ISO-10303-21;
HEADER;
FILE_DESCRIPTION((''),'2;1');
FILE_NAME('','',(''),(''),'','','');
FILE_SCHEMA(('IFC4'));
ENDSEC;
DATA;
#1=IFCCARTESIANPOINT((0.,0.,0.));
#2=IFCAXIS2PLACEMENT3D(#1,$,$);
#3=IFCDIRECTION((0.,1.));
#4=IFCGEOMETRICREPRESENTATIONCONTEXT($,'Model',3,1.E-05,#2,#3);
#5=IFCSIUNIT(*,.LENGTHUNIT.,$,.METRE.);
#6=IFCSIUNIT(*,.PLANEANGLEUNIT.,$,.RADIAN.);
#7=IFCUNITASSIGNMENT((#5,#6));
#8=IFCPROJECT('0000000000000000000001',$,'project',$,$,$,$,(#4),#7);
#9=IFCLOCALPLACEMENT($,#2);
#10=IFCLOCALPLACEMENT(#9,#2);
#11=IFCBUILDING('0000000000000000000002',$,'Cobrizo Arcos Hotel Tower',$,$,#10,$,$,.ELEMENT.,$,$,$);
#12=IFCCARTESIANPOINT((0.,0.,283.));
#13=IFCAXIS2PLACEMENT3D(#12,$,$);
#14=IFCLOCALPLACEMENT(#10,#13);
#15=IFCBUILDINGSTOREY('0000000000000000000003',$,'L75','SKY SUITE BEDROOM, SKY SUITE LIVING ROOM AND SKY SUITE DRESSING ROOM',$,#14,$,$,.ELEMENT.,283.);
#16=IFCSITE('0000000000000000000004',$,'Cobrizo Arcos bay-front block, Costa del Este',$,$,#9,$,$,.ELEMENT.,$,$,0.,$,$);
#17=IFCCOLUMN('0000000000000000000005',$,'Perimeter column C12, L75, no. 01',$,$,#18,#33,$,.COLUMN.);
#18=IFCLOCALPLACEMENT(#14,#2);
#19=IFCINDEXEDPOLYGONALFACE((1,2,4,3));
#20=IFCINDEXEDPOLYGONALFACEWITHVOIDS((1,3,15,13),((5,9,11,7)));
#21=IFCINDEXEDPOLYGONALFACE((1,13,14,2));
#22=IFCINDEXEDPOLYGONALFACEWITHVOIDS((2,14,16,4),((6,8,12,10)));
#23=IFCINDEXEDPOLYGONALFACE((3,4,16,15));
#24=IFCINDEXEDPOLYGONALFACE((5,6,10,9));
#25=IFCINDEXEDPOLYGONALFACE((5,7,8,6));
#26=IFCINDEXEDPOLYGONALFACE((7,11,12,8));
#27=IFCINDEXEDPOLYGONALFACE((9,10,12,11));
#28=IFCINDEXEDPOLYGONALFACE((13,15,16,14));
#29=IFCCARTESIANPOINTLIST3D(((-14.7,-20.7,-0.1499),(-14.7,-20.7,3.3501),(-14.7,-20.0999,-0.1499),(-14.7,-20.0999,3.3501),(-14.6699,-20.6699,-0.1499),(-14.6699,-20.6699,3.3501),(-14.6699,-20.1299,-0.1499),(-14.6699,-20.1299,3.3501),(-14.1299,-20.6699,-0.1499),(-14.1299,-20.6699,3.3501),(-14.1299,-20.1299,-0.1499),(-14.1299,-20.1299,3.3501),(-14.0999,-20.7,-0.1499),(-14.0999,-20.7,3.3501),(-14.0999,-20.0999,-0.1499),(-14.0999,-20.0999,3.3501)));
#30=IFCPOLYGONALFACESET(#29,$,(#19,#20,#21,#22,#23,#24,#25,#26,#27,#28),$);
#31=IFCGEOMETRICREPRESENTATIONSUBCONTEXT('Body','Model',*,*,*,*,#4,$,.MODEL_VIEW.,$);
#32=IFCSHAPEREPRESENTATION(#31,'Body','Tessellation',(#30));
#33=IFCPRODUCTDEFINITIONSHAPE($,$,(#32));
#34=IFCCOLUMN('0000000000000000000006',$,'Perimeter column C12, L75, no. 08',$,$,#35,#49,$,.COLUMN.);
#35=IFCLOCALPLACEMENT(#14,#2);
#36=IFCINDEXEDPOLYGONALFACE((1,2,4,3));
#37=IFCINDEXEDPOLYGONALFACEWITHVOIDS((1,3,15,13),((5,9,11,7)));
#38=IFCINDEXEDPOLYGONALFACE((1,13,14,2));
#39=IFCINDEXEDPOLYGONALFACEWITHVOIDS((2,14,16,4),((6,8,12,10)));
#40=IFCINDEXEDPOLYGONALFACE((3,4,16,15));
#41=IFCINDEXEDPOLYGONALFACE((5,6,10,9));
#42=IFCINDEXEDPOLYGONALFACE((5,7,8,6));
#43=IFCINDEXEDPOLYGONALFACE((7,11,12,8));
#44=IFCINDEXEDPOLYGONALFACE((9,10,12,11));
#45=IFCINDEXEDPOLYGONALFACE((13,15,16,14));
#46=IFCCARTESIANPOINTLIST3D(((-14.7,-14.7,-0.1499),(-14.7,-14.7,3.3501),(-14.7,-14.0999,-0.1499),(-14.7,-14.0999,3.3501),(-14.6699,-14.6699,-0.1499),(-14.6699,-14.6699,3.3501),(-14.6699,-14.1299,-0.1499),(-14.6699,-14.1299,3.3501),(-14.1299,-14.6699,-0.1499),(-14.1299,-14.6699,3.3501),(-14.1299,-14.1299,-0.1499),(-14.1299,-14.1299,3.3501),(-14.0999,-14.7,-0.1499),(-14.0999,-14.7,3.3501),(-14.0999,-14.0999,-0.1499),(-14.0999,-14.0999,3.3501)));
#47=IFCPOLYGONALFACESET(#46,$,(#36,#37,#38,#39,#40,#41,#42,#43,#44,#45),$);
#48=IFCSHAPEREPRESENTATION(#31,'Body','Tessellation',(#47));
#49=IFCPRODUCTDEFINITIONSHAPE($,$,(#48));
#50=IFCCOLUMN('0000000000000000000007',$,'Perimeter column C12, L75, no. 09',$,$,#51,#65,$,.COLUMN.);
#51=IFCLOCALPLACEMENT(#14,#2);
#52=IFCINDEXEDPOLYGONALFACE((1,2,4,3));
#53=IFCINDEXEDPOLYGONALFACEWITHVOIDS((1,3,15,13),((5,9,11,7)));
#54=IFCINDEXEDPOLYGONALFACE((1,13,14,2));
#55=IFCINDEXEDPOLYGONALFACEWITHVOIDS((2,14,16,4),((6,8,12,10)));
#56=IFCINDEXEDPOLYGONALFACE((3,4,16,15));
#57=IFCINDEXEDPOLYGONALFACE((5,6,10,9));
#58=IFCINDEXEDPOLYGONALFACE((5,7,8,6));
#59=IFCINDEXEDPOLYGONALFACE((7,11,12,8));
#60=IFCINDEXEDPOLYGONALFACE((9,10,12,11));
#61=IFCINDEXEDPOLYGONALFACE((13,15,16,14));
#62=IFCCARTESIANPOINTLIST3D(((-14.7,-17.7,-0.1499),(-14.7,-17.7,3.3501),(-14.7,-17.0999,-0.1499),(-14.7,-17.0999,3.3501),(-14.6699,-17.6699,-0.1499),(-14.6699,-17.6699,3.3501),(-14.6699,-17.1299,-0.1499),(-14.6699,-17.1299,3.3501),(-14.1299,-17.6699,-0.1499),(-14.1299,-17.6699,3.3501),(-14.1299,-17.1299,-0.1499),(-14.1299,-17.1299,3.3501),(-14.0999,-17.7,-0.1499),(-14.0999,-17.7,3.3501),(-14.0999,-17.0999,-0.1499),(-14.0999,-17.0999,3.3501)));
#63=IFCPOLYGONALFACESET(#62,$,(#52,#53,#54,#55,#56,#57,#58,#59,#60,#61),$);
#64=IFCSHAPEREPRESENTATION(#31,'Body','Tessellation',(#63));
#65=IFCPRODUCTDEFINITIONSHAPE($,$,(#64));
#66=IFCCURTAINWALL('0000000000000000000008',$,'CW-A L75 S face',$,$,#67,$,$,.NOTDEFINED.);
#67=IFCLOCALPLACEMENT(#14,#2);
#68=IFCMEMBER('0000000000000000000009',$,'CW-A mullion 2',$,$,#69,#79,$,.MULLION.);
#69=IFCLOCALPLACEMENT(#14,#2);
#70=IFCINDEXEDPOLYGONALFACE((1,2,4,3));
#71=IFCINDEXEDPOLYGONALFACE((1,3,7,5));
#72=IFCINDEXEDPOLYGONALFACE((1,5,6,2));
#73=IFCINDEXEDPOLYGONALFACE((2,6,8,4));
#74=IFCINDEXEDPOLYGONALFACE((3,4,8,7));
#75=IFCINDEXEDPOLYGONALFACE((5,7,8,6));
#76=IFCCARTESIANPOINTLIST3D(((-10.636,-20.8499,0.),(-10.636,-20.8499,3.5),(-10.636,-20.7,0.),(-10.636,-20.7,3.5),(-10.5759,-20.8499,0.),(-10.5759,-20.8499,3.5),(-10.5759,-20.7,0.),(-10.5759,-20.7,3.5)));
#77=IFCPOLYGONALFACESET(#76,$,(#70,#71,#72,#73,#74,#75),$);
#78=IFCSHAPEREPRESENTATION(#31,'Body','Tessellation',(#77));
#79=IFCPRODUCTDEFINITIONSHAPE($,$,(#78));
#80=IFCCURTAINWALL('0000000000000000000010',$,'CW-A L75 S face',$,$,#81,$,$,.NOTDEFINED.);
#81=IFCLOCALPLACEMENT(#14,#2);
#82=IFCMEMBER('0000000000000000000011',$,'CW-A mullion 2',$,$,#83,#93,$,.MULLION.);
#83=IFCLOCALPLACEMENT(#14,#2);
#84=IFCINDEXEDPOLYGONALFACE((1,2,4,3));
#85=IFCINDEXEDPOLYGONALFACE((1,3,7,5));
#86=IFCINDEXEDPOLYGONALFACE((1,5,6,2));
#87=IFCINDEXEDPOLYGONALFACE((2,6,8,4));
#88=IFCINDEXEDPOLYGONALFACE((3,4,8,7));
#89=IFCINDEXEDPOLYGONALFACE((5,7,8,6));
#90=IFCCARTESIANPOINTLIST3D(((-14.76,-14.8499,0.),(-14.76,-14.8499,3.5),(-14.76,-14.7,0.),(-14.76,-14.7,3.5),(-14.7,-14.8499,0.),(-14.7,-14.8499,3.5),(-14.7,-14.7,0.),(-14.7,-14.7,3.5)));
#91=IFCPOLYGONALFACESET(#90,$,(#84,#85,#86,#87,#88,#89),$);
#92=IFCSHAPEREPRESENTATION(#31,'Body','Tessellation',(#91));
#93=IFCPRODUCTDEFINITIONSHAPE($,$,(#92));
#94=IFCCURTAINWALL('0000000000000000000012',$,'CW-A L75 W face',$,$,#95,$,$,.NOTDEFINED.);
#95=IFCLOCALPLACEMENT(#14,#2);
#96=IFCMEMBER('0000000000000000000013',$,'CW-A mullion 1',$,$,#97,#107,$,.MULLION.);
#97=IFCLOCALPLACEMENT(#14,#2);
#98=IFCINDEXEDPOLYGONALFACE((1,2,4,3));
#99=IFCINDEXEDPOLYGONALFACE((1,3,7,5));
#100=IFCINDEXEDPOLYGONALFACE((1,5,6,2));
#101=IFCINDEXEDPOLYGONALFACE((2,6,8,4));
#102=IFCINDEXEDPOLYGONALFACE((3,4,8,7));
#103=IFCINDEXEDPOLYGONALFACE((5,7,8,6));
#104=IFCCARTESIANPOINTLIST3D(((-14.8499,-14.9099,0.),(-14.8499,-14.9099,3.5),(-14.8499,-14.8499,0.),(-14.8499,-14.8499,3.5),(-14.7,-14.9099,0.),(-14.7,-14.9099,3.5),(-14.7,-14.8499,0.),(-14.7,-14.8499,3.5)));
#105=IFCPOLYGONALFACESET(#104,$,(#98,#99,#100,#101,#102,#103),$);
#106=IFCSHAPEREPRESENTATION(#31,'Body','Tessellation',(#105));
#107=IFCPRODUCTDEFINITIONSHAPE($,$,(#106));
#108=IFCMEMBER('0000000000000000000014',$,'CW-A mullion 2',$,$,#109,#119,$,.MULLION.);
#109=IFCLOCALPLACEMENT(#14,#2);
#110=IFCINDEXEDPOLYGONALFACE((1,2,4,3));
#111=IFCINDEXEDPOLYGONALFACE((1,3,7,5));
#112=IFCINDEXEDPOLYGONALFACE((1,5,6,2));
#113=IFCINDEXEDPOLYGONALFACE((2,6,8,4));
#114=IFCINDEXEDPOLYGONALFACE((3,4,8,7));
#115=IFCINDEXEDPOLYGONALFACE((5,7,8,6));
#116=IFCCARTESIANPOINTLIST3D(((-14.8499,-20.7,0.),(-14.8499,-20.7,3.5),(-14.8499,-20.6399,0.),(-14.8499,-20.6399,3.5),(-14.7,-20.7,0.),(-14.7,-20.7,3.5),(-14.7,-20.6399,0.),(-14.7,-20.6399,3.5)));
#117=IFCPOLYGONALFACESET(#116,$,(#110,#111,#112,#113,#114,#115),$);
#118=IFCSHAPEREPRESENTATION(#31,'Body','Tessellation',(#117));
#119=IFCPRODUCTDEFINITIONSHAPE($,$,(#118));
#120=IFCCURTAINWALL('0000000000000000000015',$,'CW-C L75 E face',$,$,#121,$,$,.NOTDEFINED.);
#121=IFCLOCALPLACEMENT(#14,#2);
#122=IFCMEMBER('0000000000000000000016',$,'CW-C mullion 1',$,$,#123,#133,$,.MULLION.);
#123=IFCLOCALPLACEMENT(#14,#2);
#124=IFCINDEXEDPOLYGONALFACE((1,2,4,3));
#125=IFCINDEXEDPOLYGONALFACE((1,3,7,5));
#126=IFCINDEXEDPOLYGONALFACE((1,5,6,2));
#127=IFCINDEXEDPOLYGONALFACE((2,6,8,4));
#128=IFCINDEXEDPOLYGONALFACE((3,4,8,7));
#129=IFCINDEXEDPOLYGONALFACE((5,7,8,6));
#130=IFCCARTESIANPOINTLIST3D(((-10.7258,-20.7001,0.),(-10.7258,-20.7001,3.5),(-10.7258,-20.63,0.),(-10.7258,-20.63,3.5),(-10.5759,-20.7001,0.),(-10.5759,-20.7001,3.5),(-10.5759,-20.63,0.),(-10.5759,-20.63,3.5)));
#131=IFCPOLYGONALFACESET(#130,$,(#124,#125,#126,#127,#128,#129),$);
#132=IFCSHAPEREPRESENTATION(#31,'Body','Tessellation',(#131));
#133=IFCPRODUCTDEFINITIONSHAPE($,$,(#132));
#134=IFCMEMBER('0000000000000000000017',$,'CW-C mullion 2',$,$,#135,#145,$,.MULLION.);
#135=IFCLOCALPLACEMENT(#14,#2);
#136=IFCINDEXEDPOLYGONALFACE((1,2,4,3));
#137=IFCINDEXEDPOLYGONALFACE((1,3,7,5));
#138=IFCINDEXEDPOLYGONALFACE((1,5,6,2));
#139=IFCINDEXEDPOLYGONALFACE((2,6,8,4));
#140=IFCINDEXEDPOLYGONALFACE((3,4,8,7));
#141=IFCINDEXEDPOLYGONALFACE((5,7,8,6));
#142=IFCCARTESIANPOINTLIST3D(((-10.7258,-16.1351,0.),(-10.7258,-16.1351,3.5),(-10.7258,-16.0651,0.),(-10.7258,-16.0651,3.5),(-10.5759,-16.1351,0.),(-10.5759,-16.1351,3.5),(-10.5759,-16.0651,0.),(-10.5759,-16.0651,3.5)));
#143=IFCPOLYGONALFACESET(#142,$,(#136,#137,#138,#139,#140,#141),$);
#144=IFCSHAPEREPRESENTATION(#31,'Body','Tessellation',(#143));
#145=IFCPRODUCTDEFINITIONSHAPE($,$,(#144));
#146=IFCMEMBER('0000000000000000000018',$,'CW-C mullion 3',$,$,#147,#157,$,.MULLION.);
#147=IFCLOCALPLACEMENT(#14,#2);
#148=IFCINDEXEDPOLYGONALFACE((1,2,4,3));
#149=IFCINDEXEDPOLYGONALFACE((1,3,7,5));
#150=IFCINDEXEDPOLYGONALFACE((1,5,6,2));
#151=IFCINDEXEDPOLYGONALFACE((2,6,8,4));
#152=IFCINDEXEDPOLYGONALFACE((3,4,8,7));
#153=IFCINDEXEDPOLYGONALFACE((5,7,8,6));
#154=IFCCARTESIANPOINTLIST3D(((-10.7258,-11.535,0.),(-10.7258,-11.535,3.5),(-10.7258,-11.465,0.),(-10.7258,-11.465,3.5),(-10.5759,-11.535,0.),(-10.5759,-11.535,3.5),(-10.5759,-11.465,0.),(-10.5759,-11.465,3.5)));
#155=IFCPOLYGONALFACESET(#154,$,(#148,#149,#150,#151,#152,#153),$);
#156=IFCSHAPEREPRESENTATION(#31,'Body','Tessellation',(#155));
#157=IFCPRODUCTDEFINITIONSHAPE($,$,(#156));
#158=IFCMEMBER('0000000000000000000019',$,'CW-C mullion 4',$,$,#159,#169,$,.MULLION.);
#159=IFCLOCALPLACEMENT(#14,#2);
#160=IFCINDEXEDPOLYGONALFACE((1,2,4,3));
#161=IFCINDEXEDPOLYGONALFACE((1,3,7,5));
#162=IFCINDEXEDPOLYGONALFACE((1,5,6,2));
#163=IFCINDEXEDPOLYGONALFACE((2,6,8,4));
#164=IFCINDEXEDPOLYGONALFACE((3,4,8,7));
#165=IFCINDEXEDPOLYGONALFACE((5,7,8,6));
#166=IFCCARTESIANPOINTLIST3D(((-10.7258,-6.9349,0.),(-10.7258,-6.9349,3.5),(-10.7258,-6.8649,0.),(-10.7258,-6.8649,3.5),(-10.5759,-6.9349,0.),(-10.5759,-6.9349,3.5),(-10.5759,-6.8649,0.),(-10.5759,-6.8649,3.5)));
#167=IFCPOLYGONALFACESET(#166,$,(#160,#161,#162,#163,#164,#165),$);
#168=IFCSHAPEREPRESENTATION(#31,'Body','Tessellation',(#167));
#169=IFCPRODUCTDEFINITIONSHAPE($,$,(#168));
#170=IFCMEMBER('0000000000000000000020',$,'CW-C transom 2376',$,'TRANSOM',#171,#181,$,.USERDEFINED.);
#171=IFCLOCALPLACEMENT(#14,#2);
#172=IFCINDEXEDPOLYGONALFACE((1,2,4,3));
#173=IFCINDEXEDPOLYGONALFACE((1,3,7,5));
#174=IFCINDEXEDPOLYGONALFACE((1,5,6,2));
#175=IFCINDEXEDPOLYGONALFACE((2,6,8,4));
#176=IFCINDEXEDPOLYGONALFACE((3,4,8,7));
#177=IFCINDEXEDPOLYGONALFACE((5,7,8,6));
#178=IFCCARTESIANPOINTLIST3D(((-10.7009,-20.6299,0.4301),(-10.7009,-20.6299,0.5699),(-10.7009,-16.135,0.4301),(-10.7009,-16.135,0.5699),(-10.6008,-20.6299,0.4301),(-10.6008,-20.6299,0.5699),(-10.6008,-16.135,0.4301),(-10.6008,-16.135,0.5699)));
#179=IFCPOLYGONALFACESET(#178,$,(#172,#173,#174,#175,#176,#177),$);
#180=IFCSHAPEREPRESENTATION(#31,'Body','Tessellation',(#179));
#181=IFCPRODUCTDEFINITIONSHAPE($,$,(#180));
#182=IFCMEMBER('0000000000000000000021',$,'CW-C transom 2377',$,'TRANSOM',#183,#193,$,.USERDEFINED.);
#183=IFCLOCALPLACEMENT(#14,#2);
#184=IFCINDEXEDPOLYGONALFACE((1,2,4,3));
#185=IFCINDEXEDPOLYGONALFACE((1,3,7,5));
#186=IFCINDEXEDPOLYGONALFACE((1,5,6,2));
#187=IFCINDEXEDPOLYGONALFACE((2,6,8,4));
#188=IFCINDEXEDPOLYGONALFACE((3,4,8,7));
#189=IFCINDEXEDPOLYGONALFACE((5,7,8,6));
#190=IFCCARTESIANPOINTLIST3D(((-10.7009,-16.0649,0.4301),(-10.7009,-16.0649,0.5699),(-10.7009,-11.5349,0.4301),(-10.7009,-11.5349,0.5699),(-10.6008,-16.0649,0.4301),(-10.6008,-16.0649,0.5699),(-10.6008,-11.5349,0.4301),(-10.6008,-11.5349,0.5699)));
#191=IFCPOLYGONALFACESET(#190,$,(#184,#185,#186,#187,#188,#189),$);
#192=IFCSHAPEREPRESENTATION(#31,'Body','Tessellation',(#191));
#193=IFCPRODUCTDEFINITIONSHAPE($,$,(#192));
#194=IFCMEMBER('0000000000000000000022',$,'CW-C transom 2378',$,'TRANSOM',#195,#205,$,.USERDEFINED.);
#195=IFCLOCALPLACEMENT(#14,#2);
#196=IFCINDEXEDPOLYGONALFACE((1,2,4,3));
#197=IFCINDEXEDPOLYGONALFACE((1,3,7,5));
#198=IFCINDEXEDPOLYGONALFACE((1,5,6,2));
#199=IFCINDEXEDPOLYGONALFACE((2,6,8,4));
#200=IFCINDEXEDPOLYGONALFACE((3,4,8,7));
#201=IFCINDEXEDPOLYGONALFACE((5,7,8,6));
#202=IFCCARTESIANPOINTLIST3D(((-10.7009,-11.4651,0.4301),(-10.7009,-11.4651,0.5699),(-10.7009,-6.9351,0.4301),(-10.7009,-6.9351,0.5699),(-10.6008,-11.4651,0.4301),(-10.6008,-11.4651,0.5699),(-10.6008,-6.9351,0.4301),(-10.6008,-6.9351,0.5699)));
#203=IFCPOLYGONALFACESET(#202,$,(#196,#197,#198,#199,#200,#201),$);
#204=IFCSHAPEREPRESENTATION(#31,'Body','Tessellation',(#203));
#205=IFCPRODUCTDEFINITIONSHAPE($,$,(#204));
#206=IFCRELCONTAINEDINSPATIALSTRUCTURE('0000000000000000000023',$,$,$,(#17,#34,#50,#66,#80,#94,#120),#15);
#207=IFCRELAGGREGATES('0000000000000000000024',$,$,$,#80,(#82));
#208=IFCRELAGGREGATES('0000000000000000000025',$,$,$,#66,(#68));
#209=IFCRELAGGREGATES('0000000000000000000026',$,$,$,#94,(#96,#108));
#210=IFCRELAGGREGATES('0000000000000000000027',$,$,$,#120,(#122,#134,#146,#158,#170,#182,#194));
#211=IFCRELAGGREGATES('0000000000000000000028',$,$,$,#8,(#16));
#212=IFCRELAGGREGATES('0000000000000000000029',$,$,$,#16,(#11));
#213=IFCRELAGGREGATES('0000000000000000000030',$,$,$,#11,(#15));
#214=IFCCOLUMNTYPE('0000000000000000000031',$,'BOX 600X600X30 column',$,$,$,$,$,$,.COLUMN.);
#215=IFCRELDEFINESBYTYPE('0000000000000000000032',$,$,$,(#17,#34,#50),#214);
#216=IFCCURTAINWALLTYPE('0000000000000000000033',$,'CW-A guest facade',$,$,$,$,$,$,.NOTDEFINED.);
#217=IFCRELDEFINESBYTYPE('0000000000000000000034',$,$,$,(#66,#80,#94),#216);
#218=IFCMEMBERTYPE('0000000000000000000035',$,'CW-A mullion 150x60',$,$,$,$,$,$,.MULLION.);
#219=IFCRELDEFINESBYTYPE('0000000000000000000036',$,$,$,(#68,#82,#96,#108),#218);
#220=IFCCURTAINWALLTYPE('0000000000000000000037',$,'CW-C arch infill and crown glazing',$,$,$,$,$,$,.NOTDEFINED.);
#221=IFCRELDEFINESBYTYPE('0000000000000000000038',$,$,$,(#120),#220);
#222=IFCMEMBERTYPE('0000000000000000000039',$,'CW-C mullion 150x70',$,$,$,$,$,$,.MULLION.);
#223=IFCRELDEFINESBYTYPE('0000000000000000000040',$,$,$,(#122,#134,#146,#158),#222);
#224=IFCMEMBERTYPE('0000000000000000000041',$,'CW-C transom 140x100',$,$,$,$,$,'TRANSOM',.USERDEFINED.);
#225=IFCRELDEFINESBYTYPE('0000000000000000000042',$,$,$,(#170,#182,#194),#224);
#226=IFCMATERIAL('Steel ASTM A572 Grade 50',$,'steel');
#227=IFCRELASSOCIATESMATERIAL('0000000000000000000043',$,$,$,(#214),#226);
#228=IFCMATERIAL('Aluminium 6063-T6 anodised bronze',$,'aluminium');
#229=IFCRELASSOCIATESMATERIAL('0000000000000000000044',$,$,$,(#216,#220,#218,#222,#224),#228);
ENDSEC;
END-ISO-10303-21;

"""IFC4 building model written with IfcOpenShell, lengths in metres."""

from ifc_helpers import new_model, si_unit, direction, frame, origin, origin_2d, place, context, subcontext, project, spatial, rectangle, hollow_rectangle, extrude, material, material_profile, profile_set, type_object, element, aggregate, save


model = new_model("IFC4")

# Units and contexts
model_context = context("Model", 3, precision=1e-05, world=origin(), true_north=direction((0.0, 1.0)))
body_context = subcontext(model_context, "Body", "Model", "MODEL_VIEW")
ifc_project = project(units=[si_unit("LENGTHUNIT", "METRE"), si_unit("PLANEANGLEUNIT", "RADIAN")], contexts=[model_context])

# Site, building, storey
site_placement = place(None, origin())
site = spatial("IfcSite", under=ifc_project, at=site_placement, Name="Cobrizo Arcos bay-front block, Costa del Este", CompositionType="ELEMENT", RefElevation=0.0)
building_placement = place(site_placement, origin())
building = spatial("IfcBuilding", under=site, at=building_placement, Name="Cobrizo Arcos Hotel Tower", CompositionType="ELEMENT")
storey_placement = place(building_placement, frame((0.0, 0.0, 283.0)))
storey = spatial("IfcBuildingStorey", under=building, at=storey_placement, Name="L75", Description="SKY SUITE BEDROOM, SKY SUITE LIVING ROOM AND SKY SUITE DRESSING ROOM", CompositionType="ELEMENT", Elevation=283.0)

# Columns
ifc_material_1 = material(Name="Steel ASTM A572 Grade 50", Category="steel")
ifc_material_profile_1 = material_profile(ifc_material_1, hollow_rectangle(XDim=0.6001, YDim=0.6001, WallThickness=0.03, at=origin_2d()), Name="BOX 600X600X30")
ifc_profile_set_1 = profile_set([ifc_material_profile_1], Name="Steel ASTM A572 Grade 50")
column_type = type_object("IfcColumnType", Name="BOX 600X600X30 column", PredefinedType="COLUMN", material=ifc_profile_set_1)
for number, where, z_axis, x_axis, name in (
    (1, (-14.3999, -20.3999, -0.1499), (0.0, 0.0, 1.0), (1.0, 0.0, 0.0), "Perimeter column C12, L75, no. 01"),
    (2, (-14.3999, -14.3999, -0.1499), (0.0, 0.0, 1.0), (1.0, 0.0, 0.0), "Perimeter column C12, L75, no. 08"),
    (3, (-14.3999, -17.3999, -0.1499), (0.0, 0.0, 1.0), (1.0, 0.0, 0.0), "Perimeter column C12, L75, no. 09"),
):
    element("IfcColumn", number, at=place(storey_placement, frame(where, z_axis=z_axis, x_axis=x_axis)), inside=storey, type_object=column_type, Name=name, PredefinedType="COLUMN", context=body_context, shape_type="SweptSolid", body=[
        extrude(hollow_rectangle(XDim=0.6001, YDim=0.6001, WallThickness=0.03, at=origin_2d()), origin(), (0.0, 0.0, 1.0), 3.5),
    ])

# Curtain walls, members
ifc_material_2 = material(Name="Aluminium 6063-T6 anodised bronze", Category="aluminium")
curtain_wall_type_1 = type_object("IfcCurtainWallType", Name="CW-A guest facade", PredefinedType="NOTDEFINED", material=ifc_material_2)
curtain_wall_1_placement = place(storey_placement, origin())
curtain_wall_1 = element("IfcCurtainWall", 4, at=curtain_wall_1_placement, inside=storey, type_object=curtain_wall_type_1, Name="CW-A L75 S face", PredefinedType="NOTDEFINED")
ifc_material_profile_2 = material_profile(ifc_material_2, rectangle(XDim=0.1499, YDim=0.0601, at=origin_2d()), Name="CW-A mullion 150x60")
ifc_profile_set_2 = profile_set([ifc_material_profile_2], Name="Aluminium 6063-T6 anodised bronze")
member_type_1 = type_object("IfcMemberType", Name="CW-A mullion 150x60", PredefinedType="MULLION", material=ifc_profile_set_2)
member_1_placement = place(storey_placement, frame((-10.606, -20.7749, 0.0), z_axis=(0.0, 0.0, 1.0), x_axis=(0.0, -1.0, 0.0)))
member_1 = element("IfcMember", 5, at=member_1_placement, type_object=member_type_1, Name="CW-A mullion 2", PredefinedType="MULLION", context=body_context, shape_type="SweptSolid", body=[
    extrude(rectangle(XDim=0.1499, YDim=0.0601, at=origin_2d()), origin(), (0.0, 0.0, 1.0), 3.5),
])
curtain_wall_2_placement = place(storey_placement, origin())
curtain_wall_2 = element("IfcCurtainWall", 6, at=curtain_wall_2_placement, inside=storey, type_object=curtain_wall_type_1, Name="CW-A L75 S face", PredefinedType="NOTDEFINED")
member_2_placement = place(storey_placement, frame((-14.73, -14.7749, 0.0), z_axis=(0.0, 0.0, 1.0), x_axis=(0.0, -1.0, 0.0)))
member_2 = element("IfcMember", 7, at=member_2_placement, type_object=member_type_1, Name="CW-A mullion 2", PredefinedType="MULLION", context=body_context, shape_type="SweptSolid", body=[
    extrude(rectangle(XDim=0.1499, YDim=0.0601, at=origin_2d()), origin(), (0.0, 0.0, 1.0), 3.5),
])
aggregate(curtain_wall_2, [member_2])

# Curtain walls, members
curtain_wall_3_placement = place(storey_placement, origin())
curtain_wall_3 = element("IfcCurtainWall", 8, at=curtain_wall_3_placement, inside=storey, type_object=curtain_wall_type_1, Name="CW-A L75 W face", PredefinedType="NOTDEFINED")
member_3_placement = place(storey_placement, frame((-14.7749, -14.8799, 0.0), z_axis=(0.0, 0.0, 1.0), x_axis=(-1.0, 0.0, 0.0)))
member_3 = element("IfcMember", 9, at=member_3_placement, type_object=member_type_1, Name="CW-A mullion 1", PredefinedType="MULLION", context=body_context, shape_type="SweptSolid", body=[
    extrude(rectangle(XDim=0.1499, YDim=0.0601, at=origin_2d()), origin(), (0.0, 0.0, 1.0), 3.5),
])
member_4_placement = place(storey_placement, frame((-14.7749, -20.6699, 0.0), z_axis=(0.0, 0.0, 1.0), x_axis=(-1.0, 0.0, 0.0)))
member_4 = element("IfcMember", 10, at=member_4_placement, type_object=member_type_1, Name="CW-A mullion 2", PredefinedType="MULLION", context=body_context, shape_type="SweptSolid", body=[
    extrude(rectangle(XDim=0.1499, YDim=0.0601, at=origin_2d()), origin(), (0.0, 0.0, 1.0), 3.5),
])
curtain_wall_type_2 = type_object("IfcCurtainWallType", Name="CW-C arch infill and crown glazing", PredefinedType="NOTDEFINED", material=ifc_material_2)
curtain_wall_4_placement = place(storey_placement, origin())
curtain_wall_4 = element("IfcCurtainWall", 11, at=curtain_wall_4_placement, inside=storey, type_object=curtain_wall_type_2, Name="CW-C L75 E face", PredefinedType="NOTDEFINED")
ifc_material_profile_3 = material_profile(ifc_material_2, rectangle(XDim=0.1499, YDim=0.0701, at=origin_2d()), Name="CW-C mullion 150x70")
ifc_profile_set_3 = profile_set([ifc_material_profile_3], Name="Aluminium 6063-T6 anodised bronze")
member_type_2 = type_object("IfcMemberType", Name="CW-C mullion 150x70", PredefinedType="MULLION", material=ifc_profile_set_3)
member_5_placement = place(storey_placement, frame((-10.6509, -20.665, 0.0), z_axis=(0.0, 0.0, 1.0), x_axis=(1.0, 0.0, 0.0)))
member_5 = element("IfcMember", 12, at=member_5_placement, type_object=member_type_2, Name="CW-C mullion 1", PredefinedType="MULLION", context=body_context, shape_type="SweptSolid", body=[
    extrude(rectangle(XDim=0.1499, YDim=0.0701, at=origin_2d()), origin(), (0.0, 0.0, 1.0), 3.5),
])
member_6_placement = place(storey_placement, frame((-10.6509, -16.1001, 0.0), z_axis=(0.0, 0.0, 1.0), x_axis=(1.0, 0.0, 0.0)))
member_6 = element("IfcMember", 13, at=member_6_placement, type_object=member_type_2, Name="CW-C mullion 2", PredefinedType="MULLION", context=body_context, shape_type="SweptSolid", body=[
    extrude(rectangle(XDim=0.1499, YDim=0.0701, at=origin_2d()), origin(), (0.0, 0.0, 1.0), 3.5),
])
member_7_placement = place(storey_placement, frame((-10.6509, -11.5, 0.0), z_axis=(0.0, 0.0, 1.0), x_axis=(1.0, 0.0, 0.0)))
member_7 = element("IfcMember", 14, at=member_7_placement, type_object=member_type_2, Name="CW-C mullion 3", PredefinedType="MULLION", context=body_context, shape_type="SweptSolid", body=[
    extrude(rectangle(XDim=0.1499, YDim=0.0701, at=origin_2d()), origin(), (0.0, 0.0, 1.0), 3.5),
])
member_8_placement = place(storey_placement, frame((-10.6509, -6.8999, 0.0), z_axis=(0.0, 0.0, 1.0), x_axis=(1.0, 0.0, 0.0)))
member_8 = element("IfcMember", 15, at=member_8_placement, type_object=member_type_2, Name="CW-C mullion 4", PredefinedType="MULLION", context=body_context, shape_type="SweptSolid", body=[
    extrude(rectangle(XDim=0.1499, YDim=0.0701, at=origin_2d()), origin(), (0.0, 0.0, 1.0), 3.5),
])
ifc_material_profile_4 = material_profile(ifc_material_2, rectangle(XDim=0.1001, YDim=0.1399, at=origin_2d()), Name="CW-C transom 140x100")
ifc_profile_set_4 = profile_set([ifc_material_profile_4], Name="Aluminium 6063-T6 anodised bronze")
member_type_3 = type_object("IfcMemberType", Name="CW-C transom 140x100", ElementType="TRANSOM", PredefinedType="USERDEFINED", material=ifc_profile_set_4)
member_9_placement = place(storey_placement, frame((-10.6509, -20.6299, 0.5), z_axis=(0.0, 1.0, 0.0), x_axis=(-1.0, 0.0, 0.0)))
member_9 = element("IfcMember", 16, at=member_9_placement, type_object=member_type_3, Name="CW-C transom 2376", ObjectType="TRANSOM", PredefinedType="USERDEFINED", context=body_context, shape_type="SweptSolid", body=[
    extrude(rectangle(XDim=0.1001, YDim=0.1399, at=origin_2d()), origin(), (0.0, 0.0, 1.0), 4.4949),
])
member_10_placement = place(storey_placement, frame((-10.6509, -16.0649, 0.5), z_axis=(0.0, 1.0, 0.0), x_axis=(-1.0, 0.0, 0.0)))
member_10 = element("IfcMember", 17, at=member_10_placement, type_object=member_type_3, Name="CW-C transom 2377", ObjectType="TRANSOM", PredefinedType="USERDEFINED", context=body_context, shape_type="SweptSolid", body=[
    extrude(rectangle(XDim=0.1001, YDim=0.1399, at=origin_2d()), origin(), (0.0, 0.0, 1.0), 4.53),
])
member_11_placement = place(storey_placement, frame((-10.6509, -11.4651, 0.5), z_axis=(0.0, 1.0, 0.0), x_axis=(-1.0, 0.0, 0.0)))
member_11 = element("IfcMember", 18, at=member_11_placement, type_object=member_type_3, Name="CW-C transom 2378", ObjectType="TRANSOM", PredefinedType="USERDEFINED", context=body_context, shape_type="SweptSolid", body=[
    extrude(rectangle(XDim=0.1001, YDim=0.1399, at=origin_2d()), origin(), (0.0, 0.0, 1.0), 4.53),
])

aggregate(curtain_wall_1, [member_1])
aggregate(curtain_wall_3, [member_3, member_4])
aggregate(curtain_wall_4, [member_5, member_6, member_7, member_8, member_9, member_10, member_11])

save(model, "model.ifc")
